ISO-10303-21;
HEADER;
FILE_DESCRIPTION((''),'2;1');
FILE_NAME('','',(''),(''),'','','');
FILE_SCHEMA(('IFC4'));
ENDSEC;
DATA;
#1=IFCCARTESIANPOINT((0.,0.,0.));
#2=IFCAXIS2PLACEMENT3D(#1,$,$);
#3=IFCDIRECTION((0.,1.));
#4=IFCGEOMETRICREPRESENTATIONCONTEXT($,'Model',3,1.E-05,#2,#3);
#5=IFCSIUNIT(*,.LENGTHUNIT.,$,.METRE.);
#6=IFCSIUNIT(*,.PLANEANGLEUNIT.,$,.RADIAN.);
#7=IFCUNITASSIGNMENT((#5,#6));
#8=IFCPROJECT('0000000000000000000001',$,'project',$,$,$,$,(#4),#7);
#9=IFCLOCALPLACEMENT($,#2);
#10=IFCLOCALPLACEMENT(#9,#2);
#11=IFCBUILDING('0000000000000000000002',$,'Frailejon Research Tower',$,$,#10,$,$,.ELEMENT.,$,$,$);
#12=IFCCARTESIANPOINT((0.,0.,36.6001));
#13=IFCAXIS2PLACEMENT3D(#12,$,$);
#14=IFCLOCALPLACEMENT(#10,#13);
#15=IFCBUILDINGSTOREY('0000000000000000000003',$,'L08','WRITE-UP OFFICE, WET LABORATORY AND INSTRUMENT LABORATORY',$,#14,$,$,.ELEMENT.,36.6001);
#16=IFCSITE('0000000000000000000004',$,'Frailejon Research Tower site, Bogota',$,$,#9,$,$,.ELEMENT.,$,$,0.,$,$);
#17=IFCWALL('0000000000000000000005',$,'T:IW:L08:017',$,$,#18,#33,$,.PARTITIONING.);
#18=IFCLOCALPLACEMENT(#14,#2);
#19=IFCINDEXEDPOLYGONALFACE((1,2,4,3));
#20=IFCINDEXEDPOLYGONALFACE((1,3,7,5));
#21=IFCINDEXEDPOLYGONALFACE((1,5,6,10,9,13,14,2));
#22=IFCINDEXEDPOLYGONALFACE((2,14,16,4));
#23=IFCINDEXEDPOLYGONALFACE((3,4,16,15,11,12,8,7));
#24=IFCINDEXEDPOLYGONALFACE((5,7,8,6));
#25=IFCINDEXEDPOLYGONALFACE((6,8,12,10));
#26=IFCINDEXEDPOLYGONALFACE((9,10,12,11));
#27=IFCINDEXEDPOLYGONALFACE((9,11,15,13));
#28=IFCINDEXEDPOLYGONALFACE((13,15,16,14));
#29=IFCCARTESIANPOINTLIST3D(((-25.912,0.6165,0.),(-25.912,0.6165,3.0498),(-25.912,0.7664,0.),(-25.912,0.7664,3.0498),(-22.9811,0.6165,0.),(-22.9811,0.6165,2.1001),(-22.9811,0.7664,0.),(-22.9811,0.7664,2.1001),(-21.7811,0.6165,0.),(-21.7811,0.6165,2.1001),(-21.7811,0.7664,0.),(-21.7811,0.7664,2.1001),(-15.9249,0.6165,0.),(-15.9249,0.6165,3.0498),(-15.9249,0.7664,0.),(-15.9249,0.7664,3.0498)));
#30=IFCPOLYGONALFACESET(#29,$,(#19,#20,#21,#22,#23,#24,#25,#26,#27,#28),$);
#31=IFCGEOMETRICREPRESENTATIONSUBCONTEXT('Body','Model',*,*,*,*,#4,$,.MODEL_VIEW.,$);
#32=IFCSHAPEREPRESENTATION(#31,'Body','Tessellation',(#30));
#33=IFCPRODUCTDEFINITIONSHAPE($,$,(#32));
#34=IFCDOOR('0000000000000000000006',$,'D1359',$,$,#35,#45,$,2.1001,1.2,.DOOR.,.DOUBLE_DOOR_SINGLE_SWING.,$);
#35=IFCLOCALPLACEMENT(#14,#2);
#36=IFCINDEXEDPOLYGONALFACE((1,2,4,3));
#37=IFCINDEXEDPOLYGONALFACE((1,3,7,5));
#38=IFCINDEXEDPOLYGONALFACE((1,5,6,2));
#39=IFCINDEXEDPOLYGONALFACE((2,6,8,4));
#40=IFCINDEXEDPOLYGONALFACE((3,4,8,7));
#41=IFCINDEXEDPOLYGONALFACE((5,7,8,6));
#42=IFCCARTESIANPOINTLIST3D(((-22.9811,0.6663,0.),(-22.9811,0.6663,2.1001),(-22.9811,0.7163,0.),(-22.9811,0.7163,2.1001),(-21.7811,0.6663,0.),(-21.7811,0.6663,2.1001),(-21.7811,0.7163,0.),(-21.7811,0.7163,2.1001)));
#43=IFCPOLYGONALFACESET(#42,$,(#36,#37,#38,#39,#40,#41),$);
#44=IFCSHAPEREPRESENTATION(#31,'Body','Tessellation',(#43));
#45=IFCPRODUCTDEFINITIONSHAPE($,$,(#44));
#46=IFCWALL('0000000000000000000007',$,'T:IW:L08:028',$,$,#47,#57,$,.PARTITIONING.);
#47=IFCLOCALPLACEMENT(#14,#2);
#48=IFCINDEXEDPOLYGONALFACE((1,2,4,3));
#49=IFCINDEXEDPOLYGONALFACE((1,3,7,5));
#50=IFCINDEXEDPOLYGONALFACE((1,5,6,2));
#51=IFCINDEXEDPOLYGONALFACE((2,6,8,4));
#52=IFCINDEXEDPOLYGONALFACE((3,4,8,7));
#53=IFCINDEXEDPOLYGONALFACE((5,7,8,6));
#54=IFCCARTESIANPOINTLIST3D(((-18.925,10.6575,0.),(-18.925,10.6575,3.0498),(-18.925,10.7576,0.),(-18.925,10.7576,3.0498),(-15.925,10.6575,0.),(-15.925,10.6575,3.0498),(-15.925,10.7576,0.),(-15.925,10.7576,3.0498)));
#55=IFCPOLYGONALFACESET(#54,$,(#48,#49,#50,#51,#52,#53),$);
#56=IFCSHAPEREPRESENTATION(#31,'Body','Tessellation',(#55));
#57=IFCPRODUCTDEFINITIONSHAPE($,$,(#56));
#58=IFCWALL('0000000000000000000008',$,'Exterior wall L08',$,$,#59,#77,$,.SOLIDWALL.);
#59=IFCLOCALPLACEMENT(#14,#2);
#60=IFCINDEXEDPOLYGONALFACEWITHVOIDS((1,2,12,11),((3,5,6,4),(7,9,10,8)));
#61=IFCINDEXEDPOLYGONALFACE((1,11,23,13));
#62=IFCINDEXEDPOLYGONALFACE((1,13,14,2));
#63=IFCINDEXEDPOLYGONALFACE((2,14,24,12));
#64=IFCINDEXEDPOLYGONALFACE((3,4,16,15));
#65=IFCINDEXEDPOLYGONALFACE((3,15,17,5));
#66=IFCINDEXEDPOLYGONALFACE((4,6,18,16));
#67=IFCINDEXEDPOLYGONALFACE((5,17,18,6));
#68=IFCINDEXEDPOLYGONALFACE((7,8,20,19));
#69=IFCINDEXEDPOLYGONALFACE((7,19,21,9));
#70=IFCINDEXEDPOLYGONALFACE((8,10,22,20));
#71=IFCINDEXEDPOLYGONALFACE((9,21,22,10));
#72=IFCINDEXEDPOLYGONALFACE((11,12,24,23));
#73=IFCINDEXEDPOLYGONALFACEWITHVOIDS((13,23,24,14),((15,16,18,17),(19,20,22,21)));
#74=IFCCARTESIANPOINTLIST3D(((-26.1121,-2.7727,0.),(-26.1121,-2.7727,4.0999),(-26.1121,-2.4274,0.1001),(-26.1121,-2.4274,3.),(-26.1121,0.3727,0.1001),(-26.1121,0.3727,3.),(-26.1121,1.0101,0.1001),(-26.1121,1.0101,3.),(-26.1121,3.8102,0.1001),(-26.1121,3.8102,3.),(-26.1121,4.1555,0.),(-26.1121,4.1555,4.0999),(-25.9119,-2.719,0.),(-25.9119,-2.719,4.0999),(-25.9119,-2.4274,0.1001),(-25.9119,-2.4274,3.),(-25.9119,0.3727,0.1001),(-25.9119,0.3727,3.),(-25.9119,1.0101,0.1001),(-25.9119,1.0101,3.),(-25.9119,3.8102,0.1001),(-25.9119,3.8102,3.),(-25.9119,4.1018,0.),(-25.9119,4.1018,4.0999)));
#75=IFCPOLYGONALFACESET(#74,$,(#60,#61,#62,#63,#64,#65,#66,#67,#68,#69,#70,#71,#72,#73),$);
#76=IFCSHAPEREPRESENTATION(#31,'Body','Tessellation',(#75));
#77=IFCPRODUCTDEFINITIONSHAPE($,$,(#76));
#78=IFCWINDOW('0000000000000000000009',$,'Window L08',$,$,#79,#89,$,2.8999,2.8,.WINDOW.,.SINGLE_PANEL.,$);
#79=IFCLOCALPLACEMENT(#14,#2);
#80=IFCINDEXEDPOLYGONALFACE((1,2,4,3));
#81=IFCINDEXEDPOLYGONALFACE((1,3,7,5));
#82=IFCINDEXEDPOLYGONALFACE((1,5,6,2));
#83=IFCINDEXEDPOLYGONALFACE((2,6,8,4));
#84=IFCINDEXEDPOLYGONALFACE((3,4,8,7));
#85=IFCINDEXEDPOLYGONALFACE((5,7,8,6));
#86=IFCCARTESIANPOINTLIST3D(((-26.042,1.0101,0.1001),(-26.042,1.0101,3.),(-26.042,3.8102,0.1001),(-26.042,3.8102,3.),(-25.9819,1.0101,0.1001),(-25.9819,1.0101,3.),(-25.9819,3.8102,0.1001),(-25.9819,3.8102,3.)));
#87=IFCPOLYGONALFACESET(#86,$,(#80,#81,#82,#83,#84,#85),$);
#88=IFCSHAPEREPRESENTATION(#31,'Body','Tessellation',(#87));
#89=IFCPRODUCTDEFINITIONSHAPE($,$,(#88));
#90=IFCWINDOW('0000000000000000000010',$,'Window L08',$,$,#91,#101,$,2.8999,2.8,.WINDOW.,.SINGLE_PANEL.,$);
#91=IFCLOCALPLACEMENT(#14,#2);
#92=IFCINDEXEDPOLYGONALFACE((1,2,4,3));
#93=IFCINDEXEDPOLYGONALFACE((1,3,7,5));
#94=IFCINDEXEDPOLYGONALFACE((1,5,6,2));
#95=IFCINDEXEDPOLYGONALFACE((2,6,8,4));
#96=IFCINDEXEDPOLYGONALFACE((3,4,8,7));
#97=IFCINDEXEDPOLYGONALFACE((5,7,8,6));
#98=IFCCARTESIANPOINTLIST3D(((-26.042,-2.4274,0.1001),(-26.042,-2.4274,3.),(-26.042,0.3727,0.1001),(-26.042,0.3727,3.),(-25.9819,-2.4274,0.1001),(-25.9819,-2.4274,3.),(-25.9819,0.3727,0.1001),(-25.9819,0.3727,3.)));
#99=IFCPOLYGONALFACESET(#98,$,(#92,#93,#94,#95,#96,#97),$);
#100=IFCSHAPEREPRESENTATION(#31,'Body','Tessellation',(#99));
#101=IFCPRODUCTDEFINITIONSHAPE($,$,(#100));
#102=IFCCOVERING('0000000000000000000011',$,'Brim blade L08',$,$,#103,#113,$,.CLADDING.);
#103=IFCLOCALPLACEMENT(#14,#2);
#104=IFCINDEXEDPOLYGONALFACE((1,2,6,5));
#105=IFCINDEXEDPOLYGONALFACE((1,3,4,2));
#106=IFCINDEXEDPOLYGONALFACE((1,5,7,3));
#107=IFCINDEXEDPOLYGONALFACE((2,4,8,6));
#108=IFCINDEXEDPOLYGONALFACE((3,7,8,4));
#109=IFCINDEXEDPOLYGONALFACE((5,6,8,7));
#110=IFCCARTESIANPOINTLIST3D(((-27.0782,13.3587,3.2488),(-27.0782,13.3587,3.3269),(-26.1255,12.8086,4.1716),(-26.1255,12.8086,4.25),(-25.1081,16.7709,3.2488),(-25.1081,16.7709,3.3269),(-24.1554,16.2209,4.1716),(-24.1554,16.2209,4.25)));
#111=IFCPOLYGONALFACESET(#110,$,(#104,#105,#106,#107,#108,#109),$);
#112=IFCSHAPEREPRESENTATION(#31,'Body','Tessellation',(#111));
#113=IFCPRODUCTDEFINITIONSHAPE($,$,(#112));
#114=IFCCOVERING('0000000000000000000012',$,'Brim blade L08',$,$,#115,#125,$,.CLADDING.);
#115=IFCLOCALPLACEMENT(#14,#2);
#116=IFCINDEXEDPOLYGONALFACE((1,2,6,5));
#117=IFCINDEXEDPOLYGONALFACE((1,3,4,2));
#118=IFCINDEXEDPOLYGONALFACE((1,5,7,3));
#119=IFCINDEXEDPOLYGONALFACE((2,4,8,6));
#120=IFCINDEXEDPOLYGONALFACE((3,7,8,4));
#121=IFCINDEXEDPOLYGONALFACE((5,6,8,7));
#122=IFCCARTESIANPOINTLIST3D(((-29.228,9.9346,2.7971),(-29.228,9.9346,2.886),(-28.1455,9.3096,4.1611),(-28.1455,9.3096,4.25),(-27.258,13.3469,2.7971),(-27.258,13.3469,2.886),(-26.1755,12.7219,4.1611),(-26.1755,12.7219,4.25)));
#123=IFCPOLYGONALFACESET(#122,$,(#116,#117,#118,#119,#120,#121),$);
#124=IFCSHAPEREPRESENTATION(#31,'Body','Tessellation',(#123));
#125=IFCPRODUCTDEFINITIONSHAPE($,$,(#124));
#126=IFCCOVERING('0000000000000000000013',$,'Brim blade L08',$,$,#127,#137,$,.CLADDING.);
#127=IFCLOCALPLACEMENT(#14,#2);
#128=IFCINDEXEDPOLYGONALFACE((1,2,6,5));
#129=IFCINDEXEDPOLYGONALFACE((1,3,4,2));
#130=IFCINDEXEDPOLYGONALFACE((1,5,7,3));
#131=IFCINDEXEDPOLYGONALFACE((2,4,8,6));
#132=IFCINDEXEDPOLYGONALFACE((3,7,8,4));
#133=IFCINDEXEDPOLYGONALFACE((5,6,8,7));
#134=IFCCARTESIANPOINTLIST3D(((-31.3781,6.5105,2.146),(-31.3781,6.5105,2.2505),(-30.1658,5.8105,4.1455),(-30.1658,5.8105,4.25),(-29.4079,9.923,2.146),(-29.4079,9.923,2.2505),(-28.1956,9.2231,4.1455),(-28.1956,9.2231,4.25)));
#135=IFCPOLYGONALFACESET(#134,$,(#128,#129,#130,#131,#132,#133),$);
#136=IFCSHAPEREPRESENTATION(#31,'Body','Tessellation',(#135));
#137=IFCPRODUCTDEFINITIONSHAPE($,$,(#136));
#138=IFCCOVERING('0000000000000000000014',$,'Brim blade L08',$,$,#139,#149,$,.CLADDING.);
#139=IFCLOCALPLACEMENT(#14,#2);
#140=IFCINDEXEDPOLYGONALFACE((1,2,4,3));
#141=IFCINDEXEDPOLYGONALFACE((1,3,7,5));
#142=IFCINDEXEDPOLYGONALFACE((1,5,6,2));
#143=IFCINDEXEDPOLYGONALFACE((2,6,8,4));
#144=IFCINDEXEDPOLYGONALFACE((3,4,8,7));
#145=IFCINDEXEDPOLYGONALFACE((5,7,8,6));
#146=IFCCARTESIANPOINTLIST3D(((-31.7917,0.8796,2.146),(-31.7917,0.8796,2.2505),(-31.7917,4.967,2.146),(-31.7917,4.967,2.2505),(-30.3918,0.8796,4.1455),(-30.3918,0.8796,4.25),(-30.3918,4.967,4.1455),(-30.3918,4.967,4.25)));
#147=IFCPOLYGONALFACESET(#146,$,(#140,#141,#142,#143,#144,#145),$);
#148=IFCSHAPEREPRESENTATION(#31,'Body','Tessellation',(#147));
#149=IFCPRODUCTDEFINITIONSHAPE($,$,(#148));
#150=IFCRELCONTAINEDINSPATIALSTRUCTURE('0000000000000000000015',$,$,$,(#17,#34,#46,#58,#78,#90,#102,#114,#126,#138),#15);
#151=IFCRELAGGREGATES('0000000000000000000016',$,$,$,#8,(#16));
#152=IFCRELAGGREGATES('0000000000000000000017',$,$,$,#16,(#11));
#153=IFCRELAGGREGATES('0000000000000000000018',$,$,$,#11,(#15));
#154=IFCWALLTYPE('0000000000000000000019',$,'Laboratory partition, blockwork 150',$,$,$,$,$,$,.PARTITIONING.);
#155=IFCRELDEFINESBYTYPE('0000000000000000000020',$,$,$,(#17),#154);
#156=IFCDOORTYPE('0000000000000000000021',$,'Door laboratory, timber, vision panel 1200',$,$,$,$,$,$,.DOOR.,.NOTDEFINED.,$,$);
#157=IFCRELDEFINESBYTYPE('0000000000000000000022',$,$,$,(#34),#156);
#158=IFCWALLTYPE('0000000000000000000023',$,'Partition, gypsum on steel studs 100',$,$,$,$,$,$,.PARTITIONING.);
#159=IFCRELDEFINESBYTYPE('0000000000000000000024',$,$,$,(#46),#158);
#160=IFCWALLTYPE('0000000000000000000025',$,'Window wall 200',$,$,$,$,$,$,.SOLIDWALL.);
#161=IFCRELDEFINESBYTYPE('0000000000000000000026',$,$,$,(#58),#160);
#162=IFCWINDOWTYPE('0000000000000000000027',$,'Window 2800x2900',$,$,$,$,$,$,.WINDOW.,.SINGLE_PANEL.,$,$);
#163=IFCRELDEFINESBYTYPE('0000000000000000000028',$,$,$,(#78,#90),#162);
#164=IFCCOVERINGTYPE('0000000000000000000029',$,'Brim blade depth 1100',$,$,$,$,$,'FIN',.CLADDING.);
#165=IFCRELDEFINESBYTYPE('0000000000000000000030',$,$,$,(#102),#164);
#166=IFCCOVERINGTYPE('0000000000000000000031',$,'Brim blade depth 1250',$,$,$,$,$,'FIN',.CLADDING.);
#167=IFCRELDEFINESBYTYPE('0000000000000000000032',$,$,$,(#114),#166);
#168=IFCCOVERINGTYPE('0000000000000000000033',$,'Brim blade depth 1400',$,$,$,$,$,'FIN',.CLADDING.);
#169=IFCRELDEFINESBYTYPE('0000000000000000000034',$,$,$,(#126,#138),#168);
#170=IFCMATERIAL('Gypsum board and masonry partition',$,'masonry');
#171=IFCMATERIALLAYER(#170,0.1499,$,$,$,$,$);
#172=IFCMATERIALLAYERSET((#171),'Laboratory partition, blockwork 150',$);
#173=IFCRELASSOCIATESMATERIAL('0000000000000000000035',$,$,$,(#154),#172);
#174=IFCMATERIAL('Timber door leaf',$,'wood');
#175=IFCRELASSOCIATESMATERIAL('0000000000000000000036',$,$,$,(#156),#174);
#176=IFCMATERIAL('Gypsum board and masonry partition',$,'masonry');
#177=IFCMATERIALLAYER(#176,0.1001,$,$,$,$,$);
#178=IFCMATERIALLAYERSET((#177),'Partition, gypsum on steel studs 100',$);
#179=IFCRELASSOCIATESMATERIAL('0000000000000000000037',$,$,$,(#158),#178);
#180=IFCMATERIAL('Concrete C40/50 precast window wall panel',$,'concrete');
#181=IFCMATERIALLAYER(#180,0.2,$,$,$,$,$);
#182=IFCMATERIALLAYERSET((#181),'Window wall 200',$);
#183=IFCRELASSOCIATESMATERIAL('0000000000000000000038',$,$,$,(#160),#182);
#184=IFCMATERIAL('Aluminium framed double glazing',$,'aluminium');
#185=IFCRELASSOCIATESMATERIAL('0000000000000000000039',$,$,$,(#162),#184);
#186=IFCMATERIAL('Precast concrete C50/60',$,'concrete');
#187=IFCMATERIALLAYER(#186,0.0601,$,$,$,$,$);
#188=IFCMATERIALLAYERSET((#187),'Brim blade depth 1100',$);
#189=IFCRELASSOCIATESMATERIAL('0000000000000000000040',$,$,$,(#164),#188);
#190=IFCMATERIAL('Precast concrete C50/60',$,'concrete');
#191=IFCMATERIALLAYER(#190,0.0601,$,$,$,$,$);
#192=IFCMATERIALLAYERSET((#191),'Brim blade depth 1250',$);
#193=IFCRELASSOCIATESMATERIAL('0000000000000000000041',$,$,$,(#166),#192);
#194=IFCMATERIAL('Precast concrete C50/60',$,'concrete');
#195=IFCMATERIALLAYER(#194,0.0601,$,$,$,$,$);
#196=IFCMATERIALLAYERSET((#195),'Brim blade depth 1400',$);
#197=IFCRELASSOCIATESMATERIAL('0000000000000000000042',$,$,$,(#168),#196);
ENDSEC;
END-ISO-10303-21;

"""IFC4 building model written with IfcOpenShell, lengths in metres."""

from ifc_helpers import new_model, si_unit, direction, frame, frame_2d, origin, place, context, subcontext, project, spatial, polyline, rectangle, outline, extrude, material, layer, layer_set, type_object, element, fill, save


model = new_model("IFC4")

# Units and contexts
model_context = context("Model", 3, precision=1e-05, world=origin(), true_north=direction((0.0, 1.0)))
body_context = subcontext(model_context, "Body", "Model", "MODEL_VIEW")
ifc_project = project(units=[si_unit("LENGTHUNIT", "METRE"), si_unit("PLANEANGLEUNIT", "RADIAN")], contexts=[model_context])

# Site, building, storey
site_placement = place(None, origin())
site = spatial("IfcSite", under=ifc_project, at=site_placement, Name="Frailejon Research Tower site, Bogota", CompositionType="ELEMENT", RefElevation=0.0)
building_placement = place(site_placement, origin())
building = spatial("IfcBuilding", under=site, at=building_placement, Name="Frailejon Research Tower", CompositionType="ELEMENT")
storey_placement = place(building_placement, frame((0.0, 0.0, 36.6001)))
storey = spatial("IfcBuildingStorey", under=building, at=storey_placement, Name="L08", Description="WRITE-UP OFFICE, WET LABORATORY AND INSTRUMENT LABORATORY", CompositionType="ELEMENT", Elevation=36.6001)

# Shared definitions
ifc_material_1 = material(Name="Gypsum board and masonry partition", Category="masonry")
ifc_layer_1 = layer(ifc_material_1, 0.1499)
ifc_layer_set_1 = layer_set([ifc_layer_1], Name="Laboratory partition, blockwork 150")
wall_type_1 = type_object("IfcWallType", Name="Laboratory partition, blockwork 150", PredefinedType="PARTITIONING", material=ifc_layer_set_1)

# Wall, opening, door
wall_1_placement = place(storey_placement, frame((-25.9121, 0.6914, 0.0), z_axis=(0.0, 0.0, 1.0), x_axis=(1.0, 0.0, 0.0)))
wall_1 = element("IfcWall", 1, at=wall_1_placement, inside=storey, type_object=wall_type_1, Name="T:IW:L08:017", PredefinedType="PARTITIONING", context=body_context, shape_type="SweptSolid", body=[
    extrude(rectangle(XDim=9.9871, YDim=0.1499, at=frame_2d((4.9937, 0.0))), origin(), (0.0, 0.0, 1.0), 3.0498),
])
opening_1_placement = place(wall_1_placement, frame((2.9309, 0.0, 0.0)))
opening_1 = element("IfcOpeningElement", 2, at=opening_1_placement, cuts=wall_1, PredefinedType="OPENING", context=body_context, shape_type="SweptSolid", body=[
    extrude(rectangle(XDim=1.2, YDim=2.1001, at=frame_2d((0.6001, 1.05))), frame((0.0, 0.085, 0.0), z_axis=(0.0, -1.0, 0.0), x_axis=(1.0, 0.0, 0.0)), (0.0, 0.0, 1.0), 0.1699),
])
ifc_material_2 = material(Name="Timber door leaf", Category="wood")
door_type = type_object("IfcDoorType", Name="Door laboratory, timber, vision panel 1200", OperationType="NOTDEFINED", PredefinedType="DOOR", material=ifc_material_2)
door_placement = place(opening_1_placement, origin())
door = element("IfcDoor", 3, at=door_placement, inside=storey, type_object=door_type, Name="D1359", OperationType="DOUBLE_DOOR_SINGLE_SWING", OverallHeight=2.1001, OverallWidth=1.2, PredefinedType="DOOR", context=body_context, shape_type="SweptSolid", body=[
    extrude(rectangle(XDim=1.2, YDim=2.1001, at=frame_2d((0.6001, 1.05))), frame((0.0, 0.0249, 0.0), z_axis=(0.0, -1.0, 0.0), x_axis=(1.0, 0.0, 0.0)), (0.0, 0.0, 1.0), 0.05),
])
fill(opening_1, door)

# Wall
ifc_material_3 = material(Name="Gypsum board and masonry partition", Category="masonry")
ifc_layer_2 = layer(ifc_material_3, 0.1001)
ifc_layer_set_2 = layer_set([ifc_layer_2], Name="Partition, gypsum on steel studs 100")
wall_type_2 = type_object("IfcWallType", Name="Partition, gypsum on steel studs 100", PredefinedType="PARTITIONING", material=ifc_layer_set_2)
wall_2_placement = place(storey_placement, frame((-18.925, 10.7075, 0.0), z_axis=(0.0, 0.0, 1.0), x_axis=(1.0, 0.0, 0.0)))
element("IfcWall", 4, at=wall_2_placement, inside=storey, type_object=wall_type_2, Name="T:IW:L08:028", PredefinedType="PARTITIONING", context=body_context, shape_type="SweptSolid", body=[
    extrude(rectangle(XDim=3.0, YDim=0.1001, at=frame_2d((1.5, 0.0))), origin(), (0.0, 0.0, 1.0), 3.0498),
])

# Wall, openings, windows
ifc_material_4 = material(Name="Concrete C40/50 precast window wall panel", Category="concrete")
ifc_layer_3 = layer(ifc_material_4, 0.2)
ifc_layer_set_3 = layer_set([ifc_layer_3], Name="Window wall 200")
wall_type_3 = type_object("IfcWallType", Name="Window wall 200", PredefinedType="SOLIDWALL", material=ifc_layer_set_3)
wall_3_placement = place(storey_placement, frame((-26.012, 4.1287, 0.0), z_axis=(0.0, 0.0, 1.0), x_axis=(0.0, -1.0, 0.0)))
wall_3 = element("IfcWall", 5, at=wall_3_placement, inside=storey, type_object=wall_type_3, Name="Exterior wall L08", PredefinedType="SOLIDWALL", context=body_context, shape_type="SweptSolid", body=[
    extrude(outline(polyline([(-0.0269, -0.1001), (1.1279, -0.1001), (2.2825, -0.1001), (3.4373, -0.1001), (4.592, -0.1001), (5.7466, -0.1001), (6.9014, -0.1001), (6.8477, 0.1001), (5.7109, 0.1001), (4.574, 0.1001), (3.4373, 0.1001), (2.3005, 0.1001), (1.1636, 0.1001), (0.0269, 0.1001), (-0.0269, -0.1001)])), origin(), (0.0, 0.0, 1.0), 4.0999),
])
opening_2_placement = place(wall_3_placement, frame((0.3186, 0.0, 0.1001)))
opening_2 = element("IfcOpeningElement", 6, at=opening_2_placement, cuts=wall_3, PredefinedType="OPENING", context=body_context, shape_type="SweptSolid", body=[
    extrude(rectangle(XDim=2.8, YDim=2.8999, at=frame_2d((1.3999, 1.45))), frame((0.0, 0.1099, 0.0), z_axis=(0.0, -1.0, 0.0), x_axis=(1.0, 0.0, 0.0)), (0.0, 0.0, 1.0), 0.22),
])
opening_3_placement = place(wall_3_placement, frame((3.7561, 0.0, 0.1001)))
opening_3 = element("IfcOpeningElement", 7, at=opening_3_placement, cuts=wall_3, PredefinedType="OPENING", context=body_context, shape_type="SweptSolid", body=[
    extrude(rectangle(XDim=2.8, YDim=2.8999, at=frame_2d((1.3999, 1.45))), frame((0.0, 0.1099, 0.0), z_axis=(0.0, -1.0, 0.0), x_axis=(1.0, 0.0, 0.0)), (0.0, 0.0, 1.0), 0.22),
])
ifc_material_5 = material(Name="Aluminium framed double glazing", Category="aluminium")
window_type = type_object("IfcWindowType", Name="Window 2800x2900", PartitioningType="SINGLE_PANEL", PredefinedType="WINDOW", material=ifc_material_5)
window_1_placement = place(opening_2_placement, origin())
window_1 = element("IfcWindow", 8, at=window_1_placement, inside=storey, type_object=window_type, Name="Window L08", OverallHeight=2.8999, OverallWidth=2.8, PartitioningType="SINGLE_PANEL", PredefinedType="WINDOW", context=body_context, shape_type="SweptSolid", body=[
    extrude(rectangle(XDim=2.8, YDim=2.8999, at=frame_2d((1.3999, 1.45))), frame((0.0, 0.03, 0.0), z_axis=(0.0, -1.0, 0.0), x_axis=(1.0, 0.0, 0.0)), (0.0, 0.0, 1.0), 0.0601),
])
fill(opening_2, window_1)
window_2_placement = place(opening_3_placement, origin())
window_2 = element("IfcWindow", 9, at=window_2_placement, inside=storey, type_object=window_type, Name="Window L08", OverallHeight=2.8999, OverallWidth=2.8, PartitioningType="SINGLE_PANEL", PredefinedType="WINDOW", context=body_context, shape_type="SweptSolid", body=[
    extrude(rectangle(XDim=2.8, YDim=2.8999, at=frame_2d((1.3999, 1.45))), frame((0.0, 0.03, 0.0), z_axis=(0.0, -1.0, 0.0), x_axis=(1.0, 0.0, 0.0)), (0.0, 0.0, 1.0), 0.0601),
])
fill(opening_3, window_2)

# Coverings
ifc_material_6 = material(Name="Precast concrete C50/60", Category="concrete")
ifc_layer_4 = layer(ifc_material_6, 0.0601)
ifc_layer_set_4 = layer_set([ifc_layer_4], Name="Brim blade depth 1100")
covering_type_1 = type_object("IfcCoveringType", Name="Brim blade depth 1100", ElementType="FIN", PredefinedType="CLADDING", material=ifc_layer_set_4)
covering_1_placement = place(storey_placement, frame((-26.1255, 12.8086, 4.25), z_axis=(0.50001, 0.86602, 0.0), x_axis=(-0.86602, 0.50001, 0.0)))
element("IfcCovering", 10, at=covering_1_placement, inside=storey, type_object=covering_type_1, Name="Brim blade L08", PredefinedType="CLADDING", context=body_context, shape_type="SweptSolid", body=[
    extrude(outline(polyline([(0.0, -0.0784), (1.1001, -1.0012), (1.1001, -0.9231), (0.0, 0.0), (0.0, -0.0784)])), origin(), (0.0, 0.0, 1.0), 3.9402),
])
ifc_material_7 = material(Name="Precast concrete C50/60", Category="concrete")
ifc_layer_5 = layer(ifc_material_7, 0.0601)
ifc_layer_set_5 = layer_set([ifc_layer_5], Name="Brim blade depth 1250")
covering_type_2 = type_object("IfcCoveringType", Name="Brim blade depth 1250", ElementType="FIN", PredefinedType="CLADDING", material=ifc_layer_set_5)
covering_2_placement = place(storey_placement, frame((-28.1455, 9.3096, 4.25), z_axis=(0.499991, 0.866031, 0.0), x_axis=(-0.866031, 0.499991, 0.0)))
element("IfcCovering", 11, at=covering_2_placement, inside=storey, type_object=covering_type_2, Name="Brim blade L08", PredefinedType="CLADDING", context=body_context, shape_type="SweptSolid", body=[
    extrude(outline(polyline([(0.0, -0.0889), (1.25, -1.4529), (1.25, -1.364), (0.0, 0.0), (0.0, -0.0889)])), origin(), (0.0, 0.0, 1.0), 3.9402),
])
ifc_material_8 = material(Name="Precast concrete C50/60", Category="concrete")
ifc_layer_6 = layer(ifc_material_8, 0.0601)
ifc_layer_set_6 = layer_set([ifc_layer_6], Name="Brim blade depth 1400")
covering_type_3 = type_object("IfcCoveringType", Name="Brim blade depth 1400", ElementType="FIN", PredefinedType="CLADDING", material=ifc_layer_set_6)
covering_3_placement = place(storey_placement, frame((-30.1658, 5.8105, 4.25), z_axis=(0.499999, 0.866026, 0.0), x_axis=(-0.866026, 0.499999, 0.0)))
element("IfcCovering", 12, at=covering_3_placement, inside=storey, type_object=covering_type_3, Name="Brim blade L08", PredefinedType="CLADDING", context=body_context, shape_type="SweptSolid", body=[
    extrude(outline(polyline([(0.0, -0.1045), (1.3999, -2.104), (1.3999, -1.9995), (0.0, 0.0), (0.0, -0.1045)])), origin(), (0.0, 0.0, 1.0), 3.9404),
])
covering_4_placement = place(storey_placement, frame((-30.3918, 0.8796, 4.25), z_axis=(0.0, 1.0, 0.0), x_axis=(-1.0, 0.0, 0.0)))
element("IfcCovering", 13, at=covering_4_placement, inside=storey, type_object=covering_type_3, Name="Brim blade L08", PredefinedType="CLADDING", context=body_context, shape_type="SweptSolid", body=[
    extrude(outline(polyline([(0.0, -0.1045), (1.3999, -2.104), (1.3999, -1.9995), (0.0, 0.0), (0.0, -0.1045)])), origin(), (0.0, 0.0, 1.0), 4.0874),
])

save(model, "model.ifc")
